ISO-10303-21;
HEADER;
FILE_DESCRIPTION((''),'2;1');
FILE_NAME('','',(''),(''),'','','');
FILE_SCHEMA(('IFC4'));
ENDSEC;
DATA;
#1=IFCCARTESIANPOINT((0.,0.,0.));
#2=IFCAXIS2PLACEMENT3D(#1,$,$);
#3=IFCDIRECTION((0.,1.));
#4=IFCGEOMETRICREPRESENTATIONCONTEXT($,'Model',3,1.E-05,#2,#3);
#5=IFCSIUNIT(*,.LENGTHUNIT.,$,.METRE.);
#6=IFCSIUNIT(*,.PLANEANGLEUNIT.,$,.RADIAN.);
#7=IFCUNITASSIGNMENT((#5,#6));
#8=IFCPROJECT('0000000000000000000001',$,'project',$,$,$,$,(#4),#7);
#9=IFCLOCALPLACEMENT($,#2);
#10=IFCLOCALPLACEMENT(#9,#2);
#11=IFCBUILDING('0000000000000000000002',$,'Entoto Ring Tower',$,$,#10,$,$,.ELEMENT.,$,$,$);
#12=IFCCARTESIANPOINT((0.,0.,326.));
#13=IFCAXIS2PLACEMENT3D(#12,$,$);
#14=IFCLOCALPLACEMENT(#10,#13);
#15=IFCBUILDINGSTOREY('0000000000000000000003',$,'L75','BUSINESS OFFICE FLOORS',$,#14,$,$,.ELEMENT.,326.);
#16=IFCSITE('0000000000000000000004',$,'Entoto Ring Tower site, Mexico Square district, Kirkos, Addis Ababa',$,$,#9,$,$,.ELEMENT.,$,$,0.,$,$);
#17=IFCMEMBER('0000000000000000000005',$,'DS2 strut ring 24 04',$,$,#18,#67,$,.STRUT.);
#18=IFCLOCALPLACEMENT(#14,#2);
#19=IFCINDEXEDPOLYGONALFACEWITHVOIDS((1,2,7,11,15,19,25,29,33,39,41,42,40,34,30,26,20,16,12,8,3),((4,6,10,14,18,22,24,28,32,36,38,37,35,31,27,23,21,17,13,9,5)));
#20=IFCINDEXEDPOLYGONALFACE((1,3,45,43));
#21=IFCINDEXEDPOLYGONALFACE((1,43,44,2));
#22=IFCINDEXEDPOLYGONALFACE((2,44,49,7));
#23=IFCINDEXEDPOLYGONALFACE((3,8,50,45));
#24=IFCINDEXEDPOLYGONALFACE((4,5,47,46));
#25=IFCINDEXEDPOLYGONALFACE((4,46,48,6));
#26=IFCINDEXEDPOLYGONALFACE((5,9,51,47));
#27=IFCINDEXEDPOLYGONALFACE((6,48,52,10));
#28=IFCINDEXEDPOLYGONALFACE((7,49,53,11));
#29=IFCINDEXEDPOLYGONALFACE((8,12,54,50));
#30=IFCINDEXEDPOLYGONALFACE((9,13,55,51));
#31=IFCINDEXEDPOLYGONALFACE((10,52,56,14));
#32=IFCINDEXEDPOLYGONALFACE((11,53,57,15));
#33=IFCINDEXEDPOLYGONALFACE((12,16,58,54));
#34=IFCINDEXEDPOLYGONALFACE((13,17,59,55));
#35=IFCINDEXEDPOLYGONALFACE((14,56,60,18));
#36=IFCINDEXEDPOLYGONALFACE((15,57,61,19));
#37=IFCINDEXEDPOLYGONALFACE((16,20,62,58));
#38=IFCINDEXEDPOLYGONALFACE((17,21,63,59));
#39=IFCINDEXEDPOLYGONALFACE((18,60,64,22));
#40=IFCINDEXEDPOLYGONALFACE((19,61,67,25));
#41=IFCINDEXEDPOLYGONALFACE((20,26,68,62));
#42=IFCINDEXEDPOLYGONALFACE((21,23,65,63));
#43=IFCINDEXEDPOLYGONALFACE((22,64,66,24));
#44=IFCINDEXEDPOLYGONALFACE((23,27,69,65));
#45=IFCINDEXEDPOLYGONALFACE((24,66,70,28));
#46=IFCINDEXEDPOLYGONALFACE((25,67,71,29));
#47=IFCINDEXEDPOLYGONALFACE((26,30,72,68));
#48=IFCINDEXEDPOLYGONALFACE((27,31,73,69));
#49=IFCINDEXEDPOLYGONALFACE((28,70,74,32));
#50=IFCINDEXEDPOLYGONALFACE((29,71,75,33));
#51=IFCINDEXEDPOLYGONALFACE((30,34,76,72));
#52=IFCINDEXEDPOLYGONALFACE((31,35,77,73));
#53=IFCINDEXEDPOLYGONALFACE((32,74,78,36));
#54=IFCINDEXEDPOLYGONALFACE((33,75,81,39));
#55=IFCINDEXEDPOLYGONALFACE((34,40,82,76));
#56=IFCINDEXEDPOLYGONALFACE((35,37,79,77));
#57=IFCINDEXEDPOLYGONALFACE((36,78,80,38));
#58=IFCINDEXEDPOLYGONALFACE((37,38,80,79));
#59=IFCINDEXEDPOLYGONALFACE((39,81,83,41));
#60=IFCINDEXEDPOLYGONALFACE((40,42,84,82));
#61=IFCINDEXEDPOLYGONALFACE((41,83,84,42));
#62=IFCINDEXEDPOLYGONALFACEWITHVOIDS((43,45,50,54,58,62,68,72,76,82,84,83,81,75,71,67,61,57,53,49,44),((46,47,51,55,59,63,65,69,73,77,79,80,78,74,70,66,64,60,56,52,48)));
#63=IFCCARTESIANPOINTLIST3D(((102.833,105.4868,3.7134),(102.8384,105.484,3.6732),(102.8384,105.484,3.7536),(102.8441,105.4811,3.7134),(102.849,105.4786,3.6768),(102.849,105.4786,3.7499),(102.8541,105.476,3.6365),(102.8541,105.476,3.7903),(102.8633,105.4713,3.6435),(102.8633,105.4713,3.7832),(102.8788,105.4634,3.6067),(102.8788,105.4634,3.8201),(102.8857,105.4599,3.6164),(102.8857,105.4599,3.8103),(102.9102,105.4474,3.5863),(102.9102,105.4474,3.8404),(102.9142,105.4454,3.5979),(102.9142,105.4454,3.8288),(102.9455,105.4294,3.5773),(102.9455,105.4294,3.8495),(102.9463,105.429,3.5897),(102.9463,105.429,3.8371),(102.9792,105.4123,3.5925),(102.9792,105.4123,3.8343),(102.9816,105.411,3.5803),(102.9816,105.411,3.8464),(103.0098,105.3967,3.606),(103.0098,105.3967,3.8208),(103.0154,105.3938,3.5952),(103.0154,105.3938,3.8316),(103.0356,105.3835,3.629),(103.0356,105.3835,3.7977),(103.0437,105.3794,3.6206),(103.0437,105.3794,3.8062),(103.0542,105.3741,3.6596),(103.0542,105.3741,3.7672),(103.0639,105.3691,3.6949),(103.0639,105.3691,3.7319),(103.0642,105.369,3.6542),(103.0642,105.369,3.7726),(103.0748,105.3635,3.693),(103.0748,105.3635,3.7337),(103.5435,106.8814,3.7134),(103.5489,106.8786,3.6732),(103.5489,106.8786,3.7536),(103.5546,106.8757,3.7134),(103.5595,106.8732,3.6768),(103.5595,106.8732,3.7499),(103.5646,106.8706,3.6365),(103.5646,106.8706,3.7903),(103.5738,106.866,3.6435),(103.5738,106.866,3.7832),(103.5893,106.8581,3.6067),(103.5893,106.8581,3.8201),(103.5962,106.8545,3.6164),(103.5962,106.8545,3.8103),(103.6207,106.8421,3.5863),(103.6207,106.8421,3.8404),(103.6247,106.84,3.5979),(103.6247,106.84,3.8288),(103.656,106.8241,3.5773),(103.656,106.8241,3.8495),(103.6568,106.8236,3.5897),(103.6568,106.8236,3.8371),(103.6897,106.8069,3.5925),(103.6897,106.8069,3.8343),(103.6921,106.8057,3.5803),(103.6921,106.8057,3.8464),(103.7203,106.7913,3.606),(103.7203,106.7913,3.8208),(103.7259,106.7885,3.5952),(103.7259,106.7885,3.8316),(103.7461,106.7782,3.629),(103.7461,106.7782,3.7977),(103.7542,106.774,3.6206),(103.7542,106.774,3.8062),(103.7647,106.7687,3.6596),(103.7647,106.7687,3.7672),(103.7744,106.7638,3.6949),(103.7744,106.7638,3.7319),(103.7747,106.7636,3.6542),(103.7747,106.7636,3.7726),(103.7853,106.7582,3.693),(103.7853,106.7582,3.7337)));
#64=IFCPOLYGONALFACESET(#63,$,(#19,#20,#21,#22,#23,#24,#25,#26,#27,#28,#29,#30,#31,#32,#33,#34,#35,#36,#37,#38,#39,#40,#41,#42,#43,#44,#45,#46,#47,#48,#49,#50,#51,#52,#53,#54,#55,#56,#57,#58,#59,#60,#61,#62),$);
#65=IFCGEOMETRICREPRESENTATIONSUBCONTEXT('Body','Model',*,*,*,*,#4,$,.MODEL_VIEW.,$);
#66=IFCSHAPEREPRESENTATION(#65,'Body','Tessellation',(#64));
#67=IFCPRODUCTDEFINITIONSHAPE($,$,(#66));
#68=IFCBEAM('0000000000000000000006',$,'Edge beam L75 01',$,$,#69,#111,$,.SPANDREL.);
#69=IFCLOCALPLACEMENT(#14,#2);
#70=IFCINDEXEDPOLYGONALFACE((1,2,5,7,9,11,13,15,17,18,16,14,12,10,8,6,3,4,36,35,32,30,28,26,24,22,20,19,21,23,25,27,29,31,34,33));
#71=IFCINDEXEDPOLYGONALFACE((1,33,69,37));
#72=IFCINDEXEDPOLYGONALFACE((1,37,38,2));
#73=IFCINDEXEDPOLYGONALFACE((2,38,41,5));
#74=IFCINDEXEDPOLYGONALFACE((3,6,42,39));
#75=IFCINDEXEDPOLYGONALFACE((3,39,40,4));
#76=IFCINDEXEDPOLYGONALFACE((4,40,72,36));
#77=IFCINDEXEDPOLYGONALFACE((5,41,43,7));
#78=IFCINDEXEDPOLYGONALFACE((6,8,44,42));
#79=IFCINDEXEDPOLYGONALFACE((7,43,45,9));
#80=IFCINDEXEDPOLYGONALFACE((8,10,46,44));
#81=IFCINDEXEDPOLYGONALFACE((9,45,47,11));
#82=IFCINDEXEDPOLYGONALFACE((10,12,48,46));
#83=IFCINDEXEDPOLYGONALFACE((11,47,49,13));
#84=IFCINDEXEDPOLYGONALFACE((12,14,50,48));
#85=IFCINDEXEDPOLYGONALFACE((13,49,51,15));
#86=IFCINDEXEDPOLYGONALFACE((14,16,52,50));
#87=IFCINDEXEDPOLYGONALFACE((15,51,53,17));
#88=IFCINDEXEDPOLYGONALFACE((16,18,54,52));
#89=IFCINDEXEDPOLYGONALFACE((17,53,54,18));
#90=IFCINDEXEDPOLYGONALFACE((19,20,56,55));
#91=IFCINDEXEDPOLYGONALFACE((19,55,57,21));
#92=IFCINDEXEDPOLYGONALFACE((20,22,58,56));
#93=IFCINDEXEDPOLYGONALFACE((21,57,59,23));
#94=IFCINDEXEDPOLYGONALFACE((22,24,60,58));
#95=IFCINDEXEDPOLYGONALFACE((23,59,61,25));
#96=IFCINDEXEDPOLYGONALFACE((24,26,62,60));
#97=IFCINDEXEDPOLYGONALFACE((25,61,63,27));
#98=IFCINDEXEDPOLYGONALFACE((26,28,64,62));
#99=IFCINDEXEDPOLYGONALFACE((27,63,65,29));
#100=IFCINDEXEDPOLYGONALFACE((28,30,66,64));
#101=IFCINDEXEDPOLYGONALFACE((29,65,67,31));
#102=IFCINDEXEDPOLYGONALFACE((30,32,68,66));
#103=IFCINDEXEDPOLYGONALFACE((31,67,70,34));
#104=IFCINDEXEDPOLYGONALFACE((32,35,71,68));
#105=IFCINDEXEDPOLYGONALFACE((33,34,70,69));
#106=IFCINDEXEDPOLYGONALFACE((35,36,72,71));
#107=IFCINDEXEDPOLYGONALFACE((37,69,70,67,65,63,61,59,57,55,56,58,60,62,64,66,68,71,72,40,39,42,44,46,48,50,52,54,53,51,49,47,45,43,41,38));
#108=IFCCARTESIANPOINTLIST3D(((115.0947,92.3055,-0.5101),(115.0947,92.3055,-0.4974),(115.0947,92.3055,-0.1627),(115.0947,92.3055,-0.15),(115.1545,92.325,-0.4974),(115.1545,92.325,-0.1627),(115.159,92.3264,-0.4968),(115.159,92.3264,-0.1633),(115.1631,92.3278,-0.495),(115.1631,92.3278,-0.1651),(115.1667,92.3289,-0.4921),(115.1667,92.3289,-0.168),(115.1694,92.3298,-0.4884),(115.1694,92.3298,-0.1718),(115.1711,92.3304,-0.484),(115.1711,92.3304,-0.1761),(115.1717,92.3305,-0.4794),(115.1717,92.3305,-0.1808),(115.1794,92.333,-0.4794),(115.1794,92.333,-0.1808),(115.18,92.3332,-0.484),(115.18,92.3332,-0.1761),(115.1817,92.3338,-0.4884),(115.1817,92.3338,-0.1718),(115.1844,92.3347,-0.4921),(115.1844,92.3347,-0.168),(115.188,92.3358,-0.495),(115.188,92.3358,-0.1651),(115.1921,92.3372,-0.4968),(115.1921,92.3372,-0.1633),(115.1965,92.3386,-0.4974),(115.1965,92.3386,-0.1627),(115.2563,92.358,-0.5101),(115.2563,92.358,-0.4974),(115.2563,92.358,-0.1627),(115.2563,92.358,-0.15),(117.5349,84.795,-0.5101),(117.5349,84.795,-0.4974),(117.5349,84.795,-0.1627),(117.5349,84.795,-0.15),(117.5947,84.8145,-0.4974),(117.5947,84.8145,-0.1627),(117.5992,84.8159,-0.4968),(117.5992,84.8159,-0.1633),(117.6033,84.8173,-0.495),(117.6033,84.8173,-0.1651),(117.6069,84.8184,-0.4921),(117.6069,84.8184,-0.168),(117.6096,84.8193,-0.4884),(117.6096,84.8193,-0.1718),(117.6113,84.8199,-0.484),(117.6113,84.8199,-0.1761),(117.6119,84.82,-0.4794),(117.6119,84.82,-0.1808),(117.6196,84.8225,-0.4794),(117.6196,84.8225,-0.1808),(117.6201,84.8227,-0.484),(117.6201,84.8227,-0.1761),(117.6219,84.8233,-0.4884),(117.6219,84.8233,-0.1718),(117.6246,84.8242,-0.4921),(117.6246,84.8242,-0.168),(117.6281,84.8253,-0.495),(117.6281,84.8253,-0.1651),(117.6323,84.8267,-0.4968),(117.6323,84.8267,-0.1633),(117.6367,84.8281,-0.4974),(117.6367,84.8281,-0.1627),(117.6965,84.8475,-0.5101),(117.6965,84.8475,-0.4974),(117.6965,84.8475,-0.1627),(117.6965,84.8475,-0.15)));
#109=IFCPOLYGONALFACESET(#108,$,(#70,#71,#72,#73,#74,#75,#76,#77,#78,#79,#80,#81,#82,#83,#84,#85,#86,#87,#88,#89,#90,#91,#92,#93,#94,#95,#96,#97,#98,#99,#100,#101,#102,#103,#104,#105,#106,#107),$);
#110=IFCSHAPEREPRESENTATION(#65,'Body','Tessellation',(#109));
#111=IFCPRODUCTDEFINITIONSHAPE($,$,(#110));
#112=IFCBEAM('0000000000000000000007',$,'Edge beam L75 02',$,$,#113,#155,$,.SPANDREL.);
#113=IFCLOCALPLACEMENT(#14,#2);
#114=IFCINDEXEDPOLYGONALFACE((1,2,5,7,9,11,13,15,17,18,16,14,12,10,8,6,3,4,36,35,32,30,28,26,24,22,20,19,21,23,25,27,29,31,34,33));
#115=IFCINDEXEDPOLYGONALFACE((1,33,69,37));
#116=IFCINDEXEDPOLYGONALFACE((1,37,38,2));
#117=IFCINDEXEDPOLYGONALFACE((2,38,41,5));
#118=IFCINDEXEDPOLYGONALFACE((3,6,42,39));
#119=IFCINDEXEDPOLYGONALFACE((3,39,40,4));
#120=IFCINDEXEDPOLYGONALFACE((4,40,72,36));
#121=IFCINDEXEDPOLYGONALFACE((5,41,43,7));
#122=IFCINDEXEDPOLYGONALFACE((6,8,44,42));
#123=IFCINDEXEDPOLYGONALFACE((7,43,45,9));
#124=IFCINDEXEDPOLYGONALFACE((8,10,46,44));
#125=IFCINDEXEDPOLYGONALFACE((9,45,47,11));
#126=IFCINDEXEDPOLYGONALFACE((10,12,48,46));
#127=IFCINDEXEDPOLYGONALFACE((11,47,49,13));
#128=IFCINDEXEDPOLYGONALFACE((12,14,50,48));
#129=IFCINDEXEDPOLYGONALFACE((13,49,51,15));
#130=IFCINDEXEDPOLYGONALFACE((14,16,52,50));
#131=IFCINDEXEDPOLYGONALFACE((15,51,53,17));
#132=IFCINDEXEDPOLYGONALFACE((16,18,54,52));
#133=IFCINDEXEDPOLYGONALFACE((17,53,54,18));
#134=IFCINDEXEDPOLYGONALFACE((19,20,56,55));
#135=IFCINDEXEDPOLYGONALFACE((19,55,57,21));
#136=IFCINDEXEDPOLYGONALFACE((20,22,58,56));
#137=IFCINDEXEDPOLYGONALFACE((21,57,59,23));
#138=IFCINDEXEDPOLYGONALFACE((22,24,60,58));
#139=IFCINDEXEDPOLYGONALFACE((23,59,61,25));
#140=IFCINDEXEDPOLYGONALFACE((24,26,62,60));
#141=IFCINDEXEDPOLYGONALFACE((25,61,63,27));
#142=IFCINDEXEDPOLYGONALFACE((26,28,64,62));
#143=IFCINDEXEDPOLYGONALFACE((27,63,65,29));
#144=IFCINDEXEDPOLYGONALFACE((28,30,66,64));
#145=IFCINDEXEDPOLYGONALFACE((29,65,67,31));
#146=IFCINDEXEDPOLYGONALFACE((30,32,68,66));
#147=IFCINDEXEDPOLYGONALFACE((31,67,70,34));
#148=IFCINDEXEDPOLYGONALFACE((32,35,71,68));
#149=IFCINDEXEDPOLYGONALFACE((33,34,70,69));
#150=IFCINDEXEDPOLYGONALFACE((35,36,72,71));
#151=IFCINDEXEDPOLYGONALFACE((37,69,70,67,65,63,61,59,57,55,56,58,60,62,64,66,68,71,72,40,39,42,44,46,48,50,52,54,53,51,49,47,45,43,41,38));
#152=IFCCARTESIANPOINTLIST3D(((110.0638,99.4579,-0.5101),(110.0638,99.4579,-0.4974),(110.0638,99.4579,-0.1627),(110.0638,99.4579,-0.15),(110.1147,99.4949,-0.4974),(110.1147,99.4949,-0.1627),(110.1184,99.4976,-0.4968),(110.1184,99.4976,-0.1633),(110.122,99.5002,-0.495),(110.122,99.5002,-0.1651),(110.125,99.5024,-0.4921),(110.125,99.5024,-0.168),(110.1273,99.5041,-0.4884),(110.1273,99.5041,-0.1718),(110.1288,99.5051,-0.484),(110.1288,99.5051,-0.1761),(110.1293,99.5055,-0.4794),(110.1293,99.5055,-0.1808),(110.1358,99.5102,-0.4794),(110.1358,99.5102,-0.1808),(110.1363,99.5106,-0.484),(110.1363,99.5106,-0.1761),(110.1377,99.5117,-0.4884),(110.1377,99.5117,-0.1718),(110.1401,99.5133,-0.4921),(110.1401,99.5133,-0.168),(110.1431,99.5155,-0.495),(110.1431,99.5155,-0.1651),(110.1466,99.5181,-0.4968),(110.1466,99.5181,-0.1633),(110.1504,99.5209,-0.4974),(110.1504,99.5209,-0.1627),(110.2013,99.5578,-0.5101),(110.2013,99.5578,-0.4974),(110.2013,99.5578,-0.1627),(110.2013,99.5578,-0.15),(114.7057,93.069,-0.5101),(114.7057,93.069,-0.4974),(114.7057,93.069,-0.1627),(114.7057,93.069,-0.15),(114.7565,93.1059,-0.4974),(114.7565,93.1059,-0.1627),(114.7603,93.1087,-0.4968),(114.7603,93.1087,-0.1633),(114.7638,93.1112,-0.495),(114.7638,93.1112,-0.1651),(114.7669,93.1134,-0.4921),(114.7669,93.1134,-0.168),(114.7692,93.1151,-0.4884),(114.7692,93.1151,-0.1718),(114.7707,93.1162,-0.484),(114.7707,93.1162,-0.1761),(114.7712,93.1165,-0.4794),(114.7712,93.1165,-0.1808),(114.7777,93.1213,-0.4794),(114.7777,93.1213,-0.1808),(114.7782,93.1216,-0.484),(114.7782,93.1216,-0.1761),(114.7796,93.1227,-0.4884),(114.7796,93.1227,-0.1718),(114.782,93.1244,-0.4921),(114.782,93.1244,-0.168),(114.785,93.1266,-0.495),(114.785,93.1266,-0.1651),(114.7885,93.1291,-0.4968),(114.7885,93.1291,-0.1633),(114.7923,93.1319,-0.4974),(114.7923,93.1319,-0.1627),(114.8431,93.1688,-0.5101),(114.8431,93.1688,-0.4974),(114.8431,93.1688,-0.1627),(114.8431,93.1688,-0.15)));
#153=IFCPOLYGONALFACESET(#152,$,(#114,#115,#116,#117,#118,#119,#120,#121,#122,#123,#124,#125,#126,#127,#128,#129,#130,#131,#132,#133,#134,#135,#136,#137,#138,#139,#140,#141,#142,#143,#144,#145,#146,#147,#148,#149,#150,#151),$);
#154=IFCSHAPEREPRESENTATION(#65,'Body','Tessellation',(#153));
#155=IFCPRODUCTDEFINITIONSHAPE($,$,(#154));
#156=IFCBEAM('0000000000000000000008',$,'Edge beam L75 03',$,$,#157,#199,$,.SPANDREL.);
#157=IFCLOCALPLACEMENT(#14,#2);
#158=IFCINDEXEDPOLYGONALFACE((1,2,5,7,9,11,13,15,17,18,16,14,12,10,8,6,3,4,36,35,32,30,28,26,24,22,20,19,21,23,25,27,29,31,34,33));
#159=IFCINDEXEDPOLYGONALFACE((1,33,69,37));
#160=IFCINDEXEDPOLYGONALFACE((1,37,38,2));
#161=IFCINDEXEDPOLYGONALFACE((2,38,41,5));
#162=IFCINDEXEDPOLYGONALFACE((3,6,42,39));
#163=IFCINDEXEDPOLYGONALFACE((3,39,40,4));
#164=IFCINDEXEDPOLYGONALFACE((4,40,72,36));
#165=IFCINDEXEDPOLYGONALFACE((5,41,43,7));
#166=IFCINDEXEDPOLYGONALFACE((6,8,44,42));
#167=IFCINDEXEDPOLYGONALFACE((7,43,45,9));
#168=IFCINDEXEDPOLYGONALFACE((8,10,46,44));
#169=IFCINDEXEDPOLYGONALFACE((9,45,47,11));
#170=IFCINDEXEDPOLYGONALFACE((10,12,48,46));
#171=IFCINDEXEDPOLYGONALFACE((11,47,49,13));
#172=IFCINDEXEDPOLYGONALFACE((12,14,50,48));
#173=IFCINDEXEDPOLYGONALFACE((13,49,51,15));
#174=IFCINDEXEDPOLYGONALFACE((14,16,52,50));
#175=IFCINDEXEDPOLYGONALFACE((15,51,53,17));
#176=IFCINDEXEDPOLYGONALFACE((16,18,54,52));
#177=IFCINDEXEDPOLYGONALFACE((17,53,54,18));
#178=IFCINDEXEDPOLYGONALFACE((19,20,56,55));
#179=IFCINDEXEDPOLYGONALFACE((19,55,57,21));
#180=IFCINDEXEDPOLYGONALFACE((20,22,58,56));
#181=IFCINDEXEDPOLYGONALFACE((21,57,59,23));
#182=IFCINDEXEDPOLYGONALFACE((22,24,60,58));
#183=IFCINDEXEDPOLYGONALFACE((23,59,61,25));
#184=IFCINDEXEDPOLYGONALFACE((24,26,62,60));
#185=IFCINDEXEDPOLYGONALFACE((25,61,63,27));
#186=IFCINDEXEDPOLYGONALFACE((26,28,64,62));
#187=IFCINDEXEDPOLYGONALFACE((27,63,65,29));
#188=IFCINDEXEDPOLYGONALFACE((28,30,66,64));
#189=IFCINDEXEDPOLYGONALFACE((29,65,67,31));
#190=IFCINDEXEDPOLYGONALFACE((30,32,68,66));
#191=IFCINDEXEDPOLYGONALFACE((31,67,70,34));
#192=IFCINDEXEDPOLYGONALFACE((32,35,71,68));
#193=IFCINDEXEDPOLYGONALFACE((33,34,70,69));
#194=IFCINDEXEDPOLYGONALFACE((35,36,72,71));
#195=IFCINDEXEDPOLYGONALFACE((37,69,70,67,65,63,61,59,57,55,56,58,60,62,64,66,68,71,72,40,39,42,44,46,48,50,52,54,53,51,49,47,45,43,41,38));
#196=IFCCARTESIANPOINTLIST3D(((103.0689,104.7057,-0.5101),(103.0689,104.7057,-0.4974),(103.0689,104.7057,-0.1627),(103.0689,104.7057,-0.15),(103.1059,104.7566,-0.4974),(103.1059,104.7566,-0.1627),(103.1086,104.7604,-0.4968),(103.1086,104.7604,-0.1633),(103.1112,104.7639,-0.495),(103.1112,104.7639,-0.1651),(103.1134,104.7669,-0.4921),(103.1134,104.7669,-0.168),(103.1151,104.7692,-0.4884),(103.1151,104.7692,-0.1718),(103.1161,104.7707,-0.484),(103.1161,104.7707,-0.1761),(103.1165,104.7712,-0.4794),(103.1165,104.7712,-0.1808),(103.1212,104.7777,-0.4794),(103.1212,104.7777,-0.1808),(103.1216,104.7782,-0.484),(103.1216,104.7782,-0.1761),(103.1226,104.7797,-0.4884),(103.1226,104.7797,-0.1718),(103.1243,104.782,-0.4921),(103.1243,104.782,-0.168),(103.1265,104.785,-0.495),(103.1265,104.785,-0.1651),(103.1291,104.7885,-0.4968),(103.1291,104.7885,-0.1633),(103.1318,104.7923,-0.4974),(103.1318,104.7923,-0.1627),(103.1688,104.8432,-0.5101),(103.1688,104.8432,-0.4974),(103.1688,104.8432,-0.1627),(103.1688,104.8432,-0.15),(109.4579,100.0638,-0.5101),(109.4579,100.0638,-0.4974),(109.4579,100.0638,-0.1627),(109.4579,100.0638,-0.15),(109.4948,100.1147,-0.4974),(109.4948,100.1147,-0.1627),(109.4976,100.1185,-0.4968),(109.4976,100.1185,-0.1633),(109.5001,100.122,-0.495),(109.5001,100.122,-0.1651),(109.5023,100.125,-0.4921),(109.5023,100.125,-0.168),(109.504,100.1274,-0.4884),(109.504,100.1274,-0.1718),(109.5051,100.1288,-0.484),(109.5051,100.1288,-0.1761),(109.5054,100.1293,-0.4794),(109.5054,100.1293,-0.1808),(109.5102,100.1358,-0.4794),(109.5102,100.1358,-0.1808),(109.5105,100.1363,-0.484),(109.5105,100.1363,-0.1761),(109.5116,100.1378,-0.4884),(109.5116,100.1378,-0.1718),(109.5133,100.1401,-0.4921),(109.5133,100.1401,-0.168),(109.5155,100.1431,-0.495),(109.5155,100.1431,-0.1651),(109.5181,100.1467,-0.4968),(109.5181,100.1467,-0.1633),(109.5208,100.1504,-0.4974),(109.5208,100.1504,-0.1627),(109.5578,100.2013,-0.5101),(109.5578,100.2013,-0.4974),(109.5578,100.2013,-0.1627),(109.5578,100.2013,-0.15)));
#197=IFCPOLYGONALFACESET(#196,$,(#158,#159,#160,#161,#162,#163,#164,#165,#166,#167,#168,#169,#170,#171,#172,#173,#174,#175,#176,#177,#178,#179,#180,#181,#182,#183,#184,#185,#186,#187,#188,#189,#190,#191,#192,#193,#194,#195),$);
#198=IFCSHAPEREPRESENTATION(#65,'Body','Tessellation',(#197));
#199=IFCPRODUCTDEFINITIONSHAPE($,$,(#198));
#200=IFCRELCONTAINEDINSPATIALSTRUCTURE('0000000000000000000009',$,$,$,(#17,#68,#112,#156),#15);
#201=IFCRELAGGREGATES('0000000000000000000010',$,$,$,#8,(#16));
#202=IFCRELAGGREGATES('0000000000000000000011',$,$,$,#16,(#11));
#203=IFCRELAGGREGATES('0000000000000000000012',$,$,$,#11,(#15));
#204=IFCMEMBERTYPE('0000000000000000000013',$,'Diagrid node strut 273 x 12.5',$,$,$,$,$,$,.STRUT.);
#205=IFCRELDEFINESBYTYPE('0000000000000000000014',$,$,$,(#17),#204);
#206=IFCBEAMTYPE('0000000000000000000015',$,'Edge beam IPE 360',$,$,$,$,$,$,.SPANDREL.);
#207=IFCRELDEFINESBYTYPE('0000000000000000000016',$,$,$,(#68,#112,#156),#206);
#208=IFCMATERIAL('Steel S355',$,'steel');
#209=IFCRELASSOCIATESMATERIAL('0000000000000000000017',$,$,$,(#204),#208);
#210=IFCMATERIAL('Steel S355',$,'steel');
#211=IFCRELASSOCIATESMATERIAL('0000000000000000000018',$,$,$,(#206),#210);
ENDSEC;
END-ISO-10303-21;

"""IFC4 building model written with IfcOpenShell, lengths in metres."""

from ifc_helpers import new_model, si_unit, direction, frame, origin, origin_2d, place, context, subcontext, project, spatial, circle, hollow_circle, i_section, extrude, material, material_profile, profile_set, type_object, element, save


model = new_model("IFC4")

# Units and contexts
model_context = context("Model", 3, precision=1e-05, world=origin(), true_north=direction((0.0, 1.0)))
body_context = subcontext(model_context, "Body", "Model", "MODEL_VIEW")
ifc_project = project(units=[si_unit("LENGTHUNIT", "METRE"), si_unit("PLANEANGLEUNIT", "RADIAN")], contexts=[model_context])

# Site, building, storey
site_placement = place(None, origin())
site = spatial("IfcSite", under=ifc_project, at=site_placement, Name="Entoto Ring Tower site, Mexico Square district, Kirkos, Addis Ababa", CompositionType="ELEMENT", RefElevation=0.0)
building_placement = place(site_placement, origin())
building = spatial("IfcBuilding", under=site, at=building_placement, Name="Entoto Ring Tower", CompositionType="ELEMENT")
storey_placement = place(building_placement, frame((0.0, 0.0, 326.0)))
storey = spatial("IfcBuildingStorey", under=building, at=storey_placement, Name="L75", Description="BUSINESS OFFICE FLOORS", CompositionType="ELEMENT", Elevation=326.0)

# Member
ifc_material_1 = material(Name="Steel S355", Category="steel")
ifc_material_profile_1 = material_profile(ifc_material_1, hollow_circle(Radius=0.1365, WallThickness=0.0125, at=origin_2d()), Name="CHS 273 x 12.5")
ifc_material_2 = material(Name="Concrete C60/75", Category="concrete")
ifc_material_profile_2 = material_profile(ifc_material_2, circle(Radius=0.124, at=origin_2d()), Name="Concrete C60/75 infill")
ifc_profile_set_1 = profile_set([ifc_material_profile_1, ifc_material_profile_2], Name="Steel S355")
member_type = type_object("IfcMemberType", Name="Diagrid node strut 273 x 12.5", PredefinedType="STRUT", material=ifc_profile_set_1)
for number, where, z_axis, x_axis, name in (
    (1, (102.9546, 105.4248, 3.7134), (0.45394, 0.891032, 0.0), (-0.891032, 0.45394, 0.0), "DS2 strut ring 24 04"),
):
    element("IfcMember", number, at=place(storey_placement, frame(where, z_axis=z_axis, x_axis=x_axis)), inside=storey, type_object=member_type, Name=name, PredefinedType="STRUT", context=body_context, shape_type="SweptSolid", body=[
        extrude(hollow_circle(Radius=0.1365, WallThickness=0.0125, at=origin_2d()), origin(), (0.0, 0.0, 1.0), 1.5652),
    ])

# Beams
ifc_material_3 = material(Name="Steel S355", Category="steel")
ifc_material_profile_3 = material_profile(ifc_material_3, i_section(OverallWidth=0.1699, OverallDepth=0.3601, WebThickness=0.0081, FlangeThickness=0.0127, FilletRadius=0.0181, at=origin_2d()), Name="IPE 360")
ifc_profile_set_2 = profile_set([ifc_material_profile_3], Name="Steel S355")
beam_type_1 = type_object("IfcBeamType", Name="Edge beam IPE 360", PredefinedType="SPANDREL", material=ifc_profile_set_2)
beam_1_placement = place(storey_placement, frame((117.6157, 84.8213, -0.3301), z_axis=(-0.309003, 0.951061, 0.0), x_axis=(-0.951061, -0.309003, 0.0)))
element("IfcBeam", 2, at=beam_1_placement, inside=storey, type_object=beam_type_1, Name="Edge beam L75 01", PredefinedType="SPANDREL", context=body_context, shape_type="SweptSolid", body=[
    extrude(i_section(OverallWidth=0.1699, OverallDepth=0.3601, WebThickness=0.0081, FlangeThickness=0.0127, FilletRadius=0.0181, at=origin_2d()), origin(), (0.0, 0.0, 1.0), 7.897),
])
for number, where, z_axis, x_axis, name in (
    (3, (114.7744, 93.1189, -0.3301), (-0.587787, 0.809015, 0.0), (-0.809015, -0.587787, 0.0), "Edge beam L75 02"),
    (4, (109.5078, 100.1326, -0.3301), (-0.809015, 0.587787, 0.0), (-0.587787, -0.809015, 0.0), "Edge beam L75 03"),
):
    element("IfcBeam", number, at=place(storey_placement, frame(where, z_axis=z_axis, x_axis=x_axis)), inside=storey, type_object=beam_type_1, Name=name, PredefinedType="SPANDREL", context=body_context, shape_type="SweptSolid", body=[
        extrude(i_section(OverallWidth=0.1699, OverallDepth=0.3601, WebThickness=0.0081, FlangeThickness=0.0127, FilletRadius=0.0181, at=origin_2d()), origin(), (0.0, 0.0, 1.0), 7.8972),
    ])

save(model, "model.ifc")
